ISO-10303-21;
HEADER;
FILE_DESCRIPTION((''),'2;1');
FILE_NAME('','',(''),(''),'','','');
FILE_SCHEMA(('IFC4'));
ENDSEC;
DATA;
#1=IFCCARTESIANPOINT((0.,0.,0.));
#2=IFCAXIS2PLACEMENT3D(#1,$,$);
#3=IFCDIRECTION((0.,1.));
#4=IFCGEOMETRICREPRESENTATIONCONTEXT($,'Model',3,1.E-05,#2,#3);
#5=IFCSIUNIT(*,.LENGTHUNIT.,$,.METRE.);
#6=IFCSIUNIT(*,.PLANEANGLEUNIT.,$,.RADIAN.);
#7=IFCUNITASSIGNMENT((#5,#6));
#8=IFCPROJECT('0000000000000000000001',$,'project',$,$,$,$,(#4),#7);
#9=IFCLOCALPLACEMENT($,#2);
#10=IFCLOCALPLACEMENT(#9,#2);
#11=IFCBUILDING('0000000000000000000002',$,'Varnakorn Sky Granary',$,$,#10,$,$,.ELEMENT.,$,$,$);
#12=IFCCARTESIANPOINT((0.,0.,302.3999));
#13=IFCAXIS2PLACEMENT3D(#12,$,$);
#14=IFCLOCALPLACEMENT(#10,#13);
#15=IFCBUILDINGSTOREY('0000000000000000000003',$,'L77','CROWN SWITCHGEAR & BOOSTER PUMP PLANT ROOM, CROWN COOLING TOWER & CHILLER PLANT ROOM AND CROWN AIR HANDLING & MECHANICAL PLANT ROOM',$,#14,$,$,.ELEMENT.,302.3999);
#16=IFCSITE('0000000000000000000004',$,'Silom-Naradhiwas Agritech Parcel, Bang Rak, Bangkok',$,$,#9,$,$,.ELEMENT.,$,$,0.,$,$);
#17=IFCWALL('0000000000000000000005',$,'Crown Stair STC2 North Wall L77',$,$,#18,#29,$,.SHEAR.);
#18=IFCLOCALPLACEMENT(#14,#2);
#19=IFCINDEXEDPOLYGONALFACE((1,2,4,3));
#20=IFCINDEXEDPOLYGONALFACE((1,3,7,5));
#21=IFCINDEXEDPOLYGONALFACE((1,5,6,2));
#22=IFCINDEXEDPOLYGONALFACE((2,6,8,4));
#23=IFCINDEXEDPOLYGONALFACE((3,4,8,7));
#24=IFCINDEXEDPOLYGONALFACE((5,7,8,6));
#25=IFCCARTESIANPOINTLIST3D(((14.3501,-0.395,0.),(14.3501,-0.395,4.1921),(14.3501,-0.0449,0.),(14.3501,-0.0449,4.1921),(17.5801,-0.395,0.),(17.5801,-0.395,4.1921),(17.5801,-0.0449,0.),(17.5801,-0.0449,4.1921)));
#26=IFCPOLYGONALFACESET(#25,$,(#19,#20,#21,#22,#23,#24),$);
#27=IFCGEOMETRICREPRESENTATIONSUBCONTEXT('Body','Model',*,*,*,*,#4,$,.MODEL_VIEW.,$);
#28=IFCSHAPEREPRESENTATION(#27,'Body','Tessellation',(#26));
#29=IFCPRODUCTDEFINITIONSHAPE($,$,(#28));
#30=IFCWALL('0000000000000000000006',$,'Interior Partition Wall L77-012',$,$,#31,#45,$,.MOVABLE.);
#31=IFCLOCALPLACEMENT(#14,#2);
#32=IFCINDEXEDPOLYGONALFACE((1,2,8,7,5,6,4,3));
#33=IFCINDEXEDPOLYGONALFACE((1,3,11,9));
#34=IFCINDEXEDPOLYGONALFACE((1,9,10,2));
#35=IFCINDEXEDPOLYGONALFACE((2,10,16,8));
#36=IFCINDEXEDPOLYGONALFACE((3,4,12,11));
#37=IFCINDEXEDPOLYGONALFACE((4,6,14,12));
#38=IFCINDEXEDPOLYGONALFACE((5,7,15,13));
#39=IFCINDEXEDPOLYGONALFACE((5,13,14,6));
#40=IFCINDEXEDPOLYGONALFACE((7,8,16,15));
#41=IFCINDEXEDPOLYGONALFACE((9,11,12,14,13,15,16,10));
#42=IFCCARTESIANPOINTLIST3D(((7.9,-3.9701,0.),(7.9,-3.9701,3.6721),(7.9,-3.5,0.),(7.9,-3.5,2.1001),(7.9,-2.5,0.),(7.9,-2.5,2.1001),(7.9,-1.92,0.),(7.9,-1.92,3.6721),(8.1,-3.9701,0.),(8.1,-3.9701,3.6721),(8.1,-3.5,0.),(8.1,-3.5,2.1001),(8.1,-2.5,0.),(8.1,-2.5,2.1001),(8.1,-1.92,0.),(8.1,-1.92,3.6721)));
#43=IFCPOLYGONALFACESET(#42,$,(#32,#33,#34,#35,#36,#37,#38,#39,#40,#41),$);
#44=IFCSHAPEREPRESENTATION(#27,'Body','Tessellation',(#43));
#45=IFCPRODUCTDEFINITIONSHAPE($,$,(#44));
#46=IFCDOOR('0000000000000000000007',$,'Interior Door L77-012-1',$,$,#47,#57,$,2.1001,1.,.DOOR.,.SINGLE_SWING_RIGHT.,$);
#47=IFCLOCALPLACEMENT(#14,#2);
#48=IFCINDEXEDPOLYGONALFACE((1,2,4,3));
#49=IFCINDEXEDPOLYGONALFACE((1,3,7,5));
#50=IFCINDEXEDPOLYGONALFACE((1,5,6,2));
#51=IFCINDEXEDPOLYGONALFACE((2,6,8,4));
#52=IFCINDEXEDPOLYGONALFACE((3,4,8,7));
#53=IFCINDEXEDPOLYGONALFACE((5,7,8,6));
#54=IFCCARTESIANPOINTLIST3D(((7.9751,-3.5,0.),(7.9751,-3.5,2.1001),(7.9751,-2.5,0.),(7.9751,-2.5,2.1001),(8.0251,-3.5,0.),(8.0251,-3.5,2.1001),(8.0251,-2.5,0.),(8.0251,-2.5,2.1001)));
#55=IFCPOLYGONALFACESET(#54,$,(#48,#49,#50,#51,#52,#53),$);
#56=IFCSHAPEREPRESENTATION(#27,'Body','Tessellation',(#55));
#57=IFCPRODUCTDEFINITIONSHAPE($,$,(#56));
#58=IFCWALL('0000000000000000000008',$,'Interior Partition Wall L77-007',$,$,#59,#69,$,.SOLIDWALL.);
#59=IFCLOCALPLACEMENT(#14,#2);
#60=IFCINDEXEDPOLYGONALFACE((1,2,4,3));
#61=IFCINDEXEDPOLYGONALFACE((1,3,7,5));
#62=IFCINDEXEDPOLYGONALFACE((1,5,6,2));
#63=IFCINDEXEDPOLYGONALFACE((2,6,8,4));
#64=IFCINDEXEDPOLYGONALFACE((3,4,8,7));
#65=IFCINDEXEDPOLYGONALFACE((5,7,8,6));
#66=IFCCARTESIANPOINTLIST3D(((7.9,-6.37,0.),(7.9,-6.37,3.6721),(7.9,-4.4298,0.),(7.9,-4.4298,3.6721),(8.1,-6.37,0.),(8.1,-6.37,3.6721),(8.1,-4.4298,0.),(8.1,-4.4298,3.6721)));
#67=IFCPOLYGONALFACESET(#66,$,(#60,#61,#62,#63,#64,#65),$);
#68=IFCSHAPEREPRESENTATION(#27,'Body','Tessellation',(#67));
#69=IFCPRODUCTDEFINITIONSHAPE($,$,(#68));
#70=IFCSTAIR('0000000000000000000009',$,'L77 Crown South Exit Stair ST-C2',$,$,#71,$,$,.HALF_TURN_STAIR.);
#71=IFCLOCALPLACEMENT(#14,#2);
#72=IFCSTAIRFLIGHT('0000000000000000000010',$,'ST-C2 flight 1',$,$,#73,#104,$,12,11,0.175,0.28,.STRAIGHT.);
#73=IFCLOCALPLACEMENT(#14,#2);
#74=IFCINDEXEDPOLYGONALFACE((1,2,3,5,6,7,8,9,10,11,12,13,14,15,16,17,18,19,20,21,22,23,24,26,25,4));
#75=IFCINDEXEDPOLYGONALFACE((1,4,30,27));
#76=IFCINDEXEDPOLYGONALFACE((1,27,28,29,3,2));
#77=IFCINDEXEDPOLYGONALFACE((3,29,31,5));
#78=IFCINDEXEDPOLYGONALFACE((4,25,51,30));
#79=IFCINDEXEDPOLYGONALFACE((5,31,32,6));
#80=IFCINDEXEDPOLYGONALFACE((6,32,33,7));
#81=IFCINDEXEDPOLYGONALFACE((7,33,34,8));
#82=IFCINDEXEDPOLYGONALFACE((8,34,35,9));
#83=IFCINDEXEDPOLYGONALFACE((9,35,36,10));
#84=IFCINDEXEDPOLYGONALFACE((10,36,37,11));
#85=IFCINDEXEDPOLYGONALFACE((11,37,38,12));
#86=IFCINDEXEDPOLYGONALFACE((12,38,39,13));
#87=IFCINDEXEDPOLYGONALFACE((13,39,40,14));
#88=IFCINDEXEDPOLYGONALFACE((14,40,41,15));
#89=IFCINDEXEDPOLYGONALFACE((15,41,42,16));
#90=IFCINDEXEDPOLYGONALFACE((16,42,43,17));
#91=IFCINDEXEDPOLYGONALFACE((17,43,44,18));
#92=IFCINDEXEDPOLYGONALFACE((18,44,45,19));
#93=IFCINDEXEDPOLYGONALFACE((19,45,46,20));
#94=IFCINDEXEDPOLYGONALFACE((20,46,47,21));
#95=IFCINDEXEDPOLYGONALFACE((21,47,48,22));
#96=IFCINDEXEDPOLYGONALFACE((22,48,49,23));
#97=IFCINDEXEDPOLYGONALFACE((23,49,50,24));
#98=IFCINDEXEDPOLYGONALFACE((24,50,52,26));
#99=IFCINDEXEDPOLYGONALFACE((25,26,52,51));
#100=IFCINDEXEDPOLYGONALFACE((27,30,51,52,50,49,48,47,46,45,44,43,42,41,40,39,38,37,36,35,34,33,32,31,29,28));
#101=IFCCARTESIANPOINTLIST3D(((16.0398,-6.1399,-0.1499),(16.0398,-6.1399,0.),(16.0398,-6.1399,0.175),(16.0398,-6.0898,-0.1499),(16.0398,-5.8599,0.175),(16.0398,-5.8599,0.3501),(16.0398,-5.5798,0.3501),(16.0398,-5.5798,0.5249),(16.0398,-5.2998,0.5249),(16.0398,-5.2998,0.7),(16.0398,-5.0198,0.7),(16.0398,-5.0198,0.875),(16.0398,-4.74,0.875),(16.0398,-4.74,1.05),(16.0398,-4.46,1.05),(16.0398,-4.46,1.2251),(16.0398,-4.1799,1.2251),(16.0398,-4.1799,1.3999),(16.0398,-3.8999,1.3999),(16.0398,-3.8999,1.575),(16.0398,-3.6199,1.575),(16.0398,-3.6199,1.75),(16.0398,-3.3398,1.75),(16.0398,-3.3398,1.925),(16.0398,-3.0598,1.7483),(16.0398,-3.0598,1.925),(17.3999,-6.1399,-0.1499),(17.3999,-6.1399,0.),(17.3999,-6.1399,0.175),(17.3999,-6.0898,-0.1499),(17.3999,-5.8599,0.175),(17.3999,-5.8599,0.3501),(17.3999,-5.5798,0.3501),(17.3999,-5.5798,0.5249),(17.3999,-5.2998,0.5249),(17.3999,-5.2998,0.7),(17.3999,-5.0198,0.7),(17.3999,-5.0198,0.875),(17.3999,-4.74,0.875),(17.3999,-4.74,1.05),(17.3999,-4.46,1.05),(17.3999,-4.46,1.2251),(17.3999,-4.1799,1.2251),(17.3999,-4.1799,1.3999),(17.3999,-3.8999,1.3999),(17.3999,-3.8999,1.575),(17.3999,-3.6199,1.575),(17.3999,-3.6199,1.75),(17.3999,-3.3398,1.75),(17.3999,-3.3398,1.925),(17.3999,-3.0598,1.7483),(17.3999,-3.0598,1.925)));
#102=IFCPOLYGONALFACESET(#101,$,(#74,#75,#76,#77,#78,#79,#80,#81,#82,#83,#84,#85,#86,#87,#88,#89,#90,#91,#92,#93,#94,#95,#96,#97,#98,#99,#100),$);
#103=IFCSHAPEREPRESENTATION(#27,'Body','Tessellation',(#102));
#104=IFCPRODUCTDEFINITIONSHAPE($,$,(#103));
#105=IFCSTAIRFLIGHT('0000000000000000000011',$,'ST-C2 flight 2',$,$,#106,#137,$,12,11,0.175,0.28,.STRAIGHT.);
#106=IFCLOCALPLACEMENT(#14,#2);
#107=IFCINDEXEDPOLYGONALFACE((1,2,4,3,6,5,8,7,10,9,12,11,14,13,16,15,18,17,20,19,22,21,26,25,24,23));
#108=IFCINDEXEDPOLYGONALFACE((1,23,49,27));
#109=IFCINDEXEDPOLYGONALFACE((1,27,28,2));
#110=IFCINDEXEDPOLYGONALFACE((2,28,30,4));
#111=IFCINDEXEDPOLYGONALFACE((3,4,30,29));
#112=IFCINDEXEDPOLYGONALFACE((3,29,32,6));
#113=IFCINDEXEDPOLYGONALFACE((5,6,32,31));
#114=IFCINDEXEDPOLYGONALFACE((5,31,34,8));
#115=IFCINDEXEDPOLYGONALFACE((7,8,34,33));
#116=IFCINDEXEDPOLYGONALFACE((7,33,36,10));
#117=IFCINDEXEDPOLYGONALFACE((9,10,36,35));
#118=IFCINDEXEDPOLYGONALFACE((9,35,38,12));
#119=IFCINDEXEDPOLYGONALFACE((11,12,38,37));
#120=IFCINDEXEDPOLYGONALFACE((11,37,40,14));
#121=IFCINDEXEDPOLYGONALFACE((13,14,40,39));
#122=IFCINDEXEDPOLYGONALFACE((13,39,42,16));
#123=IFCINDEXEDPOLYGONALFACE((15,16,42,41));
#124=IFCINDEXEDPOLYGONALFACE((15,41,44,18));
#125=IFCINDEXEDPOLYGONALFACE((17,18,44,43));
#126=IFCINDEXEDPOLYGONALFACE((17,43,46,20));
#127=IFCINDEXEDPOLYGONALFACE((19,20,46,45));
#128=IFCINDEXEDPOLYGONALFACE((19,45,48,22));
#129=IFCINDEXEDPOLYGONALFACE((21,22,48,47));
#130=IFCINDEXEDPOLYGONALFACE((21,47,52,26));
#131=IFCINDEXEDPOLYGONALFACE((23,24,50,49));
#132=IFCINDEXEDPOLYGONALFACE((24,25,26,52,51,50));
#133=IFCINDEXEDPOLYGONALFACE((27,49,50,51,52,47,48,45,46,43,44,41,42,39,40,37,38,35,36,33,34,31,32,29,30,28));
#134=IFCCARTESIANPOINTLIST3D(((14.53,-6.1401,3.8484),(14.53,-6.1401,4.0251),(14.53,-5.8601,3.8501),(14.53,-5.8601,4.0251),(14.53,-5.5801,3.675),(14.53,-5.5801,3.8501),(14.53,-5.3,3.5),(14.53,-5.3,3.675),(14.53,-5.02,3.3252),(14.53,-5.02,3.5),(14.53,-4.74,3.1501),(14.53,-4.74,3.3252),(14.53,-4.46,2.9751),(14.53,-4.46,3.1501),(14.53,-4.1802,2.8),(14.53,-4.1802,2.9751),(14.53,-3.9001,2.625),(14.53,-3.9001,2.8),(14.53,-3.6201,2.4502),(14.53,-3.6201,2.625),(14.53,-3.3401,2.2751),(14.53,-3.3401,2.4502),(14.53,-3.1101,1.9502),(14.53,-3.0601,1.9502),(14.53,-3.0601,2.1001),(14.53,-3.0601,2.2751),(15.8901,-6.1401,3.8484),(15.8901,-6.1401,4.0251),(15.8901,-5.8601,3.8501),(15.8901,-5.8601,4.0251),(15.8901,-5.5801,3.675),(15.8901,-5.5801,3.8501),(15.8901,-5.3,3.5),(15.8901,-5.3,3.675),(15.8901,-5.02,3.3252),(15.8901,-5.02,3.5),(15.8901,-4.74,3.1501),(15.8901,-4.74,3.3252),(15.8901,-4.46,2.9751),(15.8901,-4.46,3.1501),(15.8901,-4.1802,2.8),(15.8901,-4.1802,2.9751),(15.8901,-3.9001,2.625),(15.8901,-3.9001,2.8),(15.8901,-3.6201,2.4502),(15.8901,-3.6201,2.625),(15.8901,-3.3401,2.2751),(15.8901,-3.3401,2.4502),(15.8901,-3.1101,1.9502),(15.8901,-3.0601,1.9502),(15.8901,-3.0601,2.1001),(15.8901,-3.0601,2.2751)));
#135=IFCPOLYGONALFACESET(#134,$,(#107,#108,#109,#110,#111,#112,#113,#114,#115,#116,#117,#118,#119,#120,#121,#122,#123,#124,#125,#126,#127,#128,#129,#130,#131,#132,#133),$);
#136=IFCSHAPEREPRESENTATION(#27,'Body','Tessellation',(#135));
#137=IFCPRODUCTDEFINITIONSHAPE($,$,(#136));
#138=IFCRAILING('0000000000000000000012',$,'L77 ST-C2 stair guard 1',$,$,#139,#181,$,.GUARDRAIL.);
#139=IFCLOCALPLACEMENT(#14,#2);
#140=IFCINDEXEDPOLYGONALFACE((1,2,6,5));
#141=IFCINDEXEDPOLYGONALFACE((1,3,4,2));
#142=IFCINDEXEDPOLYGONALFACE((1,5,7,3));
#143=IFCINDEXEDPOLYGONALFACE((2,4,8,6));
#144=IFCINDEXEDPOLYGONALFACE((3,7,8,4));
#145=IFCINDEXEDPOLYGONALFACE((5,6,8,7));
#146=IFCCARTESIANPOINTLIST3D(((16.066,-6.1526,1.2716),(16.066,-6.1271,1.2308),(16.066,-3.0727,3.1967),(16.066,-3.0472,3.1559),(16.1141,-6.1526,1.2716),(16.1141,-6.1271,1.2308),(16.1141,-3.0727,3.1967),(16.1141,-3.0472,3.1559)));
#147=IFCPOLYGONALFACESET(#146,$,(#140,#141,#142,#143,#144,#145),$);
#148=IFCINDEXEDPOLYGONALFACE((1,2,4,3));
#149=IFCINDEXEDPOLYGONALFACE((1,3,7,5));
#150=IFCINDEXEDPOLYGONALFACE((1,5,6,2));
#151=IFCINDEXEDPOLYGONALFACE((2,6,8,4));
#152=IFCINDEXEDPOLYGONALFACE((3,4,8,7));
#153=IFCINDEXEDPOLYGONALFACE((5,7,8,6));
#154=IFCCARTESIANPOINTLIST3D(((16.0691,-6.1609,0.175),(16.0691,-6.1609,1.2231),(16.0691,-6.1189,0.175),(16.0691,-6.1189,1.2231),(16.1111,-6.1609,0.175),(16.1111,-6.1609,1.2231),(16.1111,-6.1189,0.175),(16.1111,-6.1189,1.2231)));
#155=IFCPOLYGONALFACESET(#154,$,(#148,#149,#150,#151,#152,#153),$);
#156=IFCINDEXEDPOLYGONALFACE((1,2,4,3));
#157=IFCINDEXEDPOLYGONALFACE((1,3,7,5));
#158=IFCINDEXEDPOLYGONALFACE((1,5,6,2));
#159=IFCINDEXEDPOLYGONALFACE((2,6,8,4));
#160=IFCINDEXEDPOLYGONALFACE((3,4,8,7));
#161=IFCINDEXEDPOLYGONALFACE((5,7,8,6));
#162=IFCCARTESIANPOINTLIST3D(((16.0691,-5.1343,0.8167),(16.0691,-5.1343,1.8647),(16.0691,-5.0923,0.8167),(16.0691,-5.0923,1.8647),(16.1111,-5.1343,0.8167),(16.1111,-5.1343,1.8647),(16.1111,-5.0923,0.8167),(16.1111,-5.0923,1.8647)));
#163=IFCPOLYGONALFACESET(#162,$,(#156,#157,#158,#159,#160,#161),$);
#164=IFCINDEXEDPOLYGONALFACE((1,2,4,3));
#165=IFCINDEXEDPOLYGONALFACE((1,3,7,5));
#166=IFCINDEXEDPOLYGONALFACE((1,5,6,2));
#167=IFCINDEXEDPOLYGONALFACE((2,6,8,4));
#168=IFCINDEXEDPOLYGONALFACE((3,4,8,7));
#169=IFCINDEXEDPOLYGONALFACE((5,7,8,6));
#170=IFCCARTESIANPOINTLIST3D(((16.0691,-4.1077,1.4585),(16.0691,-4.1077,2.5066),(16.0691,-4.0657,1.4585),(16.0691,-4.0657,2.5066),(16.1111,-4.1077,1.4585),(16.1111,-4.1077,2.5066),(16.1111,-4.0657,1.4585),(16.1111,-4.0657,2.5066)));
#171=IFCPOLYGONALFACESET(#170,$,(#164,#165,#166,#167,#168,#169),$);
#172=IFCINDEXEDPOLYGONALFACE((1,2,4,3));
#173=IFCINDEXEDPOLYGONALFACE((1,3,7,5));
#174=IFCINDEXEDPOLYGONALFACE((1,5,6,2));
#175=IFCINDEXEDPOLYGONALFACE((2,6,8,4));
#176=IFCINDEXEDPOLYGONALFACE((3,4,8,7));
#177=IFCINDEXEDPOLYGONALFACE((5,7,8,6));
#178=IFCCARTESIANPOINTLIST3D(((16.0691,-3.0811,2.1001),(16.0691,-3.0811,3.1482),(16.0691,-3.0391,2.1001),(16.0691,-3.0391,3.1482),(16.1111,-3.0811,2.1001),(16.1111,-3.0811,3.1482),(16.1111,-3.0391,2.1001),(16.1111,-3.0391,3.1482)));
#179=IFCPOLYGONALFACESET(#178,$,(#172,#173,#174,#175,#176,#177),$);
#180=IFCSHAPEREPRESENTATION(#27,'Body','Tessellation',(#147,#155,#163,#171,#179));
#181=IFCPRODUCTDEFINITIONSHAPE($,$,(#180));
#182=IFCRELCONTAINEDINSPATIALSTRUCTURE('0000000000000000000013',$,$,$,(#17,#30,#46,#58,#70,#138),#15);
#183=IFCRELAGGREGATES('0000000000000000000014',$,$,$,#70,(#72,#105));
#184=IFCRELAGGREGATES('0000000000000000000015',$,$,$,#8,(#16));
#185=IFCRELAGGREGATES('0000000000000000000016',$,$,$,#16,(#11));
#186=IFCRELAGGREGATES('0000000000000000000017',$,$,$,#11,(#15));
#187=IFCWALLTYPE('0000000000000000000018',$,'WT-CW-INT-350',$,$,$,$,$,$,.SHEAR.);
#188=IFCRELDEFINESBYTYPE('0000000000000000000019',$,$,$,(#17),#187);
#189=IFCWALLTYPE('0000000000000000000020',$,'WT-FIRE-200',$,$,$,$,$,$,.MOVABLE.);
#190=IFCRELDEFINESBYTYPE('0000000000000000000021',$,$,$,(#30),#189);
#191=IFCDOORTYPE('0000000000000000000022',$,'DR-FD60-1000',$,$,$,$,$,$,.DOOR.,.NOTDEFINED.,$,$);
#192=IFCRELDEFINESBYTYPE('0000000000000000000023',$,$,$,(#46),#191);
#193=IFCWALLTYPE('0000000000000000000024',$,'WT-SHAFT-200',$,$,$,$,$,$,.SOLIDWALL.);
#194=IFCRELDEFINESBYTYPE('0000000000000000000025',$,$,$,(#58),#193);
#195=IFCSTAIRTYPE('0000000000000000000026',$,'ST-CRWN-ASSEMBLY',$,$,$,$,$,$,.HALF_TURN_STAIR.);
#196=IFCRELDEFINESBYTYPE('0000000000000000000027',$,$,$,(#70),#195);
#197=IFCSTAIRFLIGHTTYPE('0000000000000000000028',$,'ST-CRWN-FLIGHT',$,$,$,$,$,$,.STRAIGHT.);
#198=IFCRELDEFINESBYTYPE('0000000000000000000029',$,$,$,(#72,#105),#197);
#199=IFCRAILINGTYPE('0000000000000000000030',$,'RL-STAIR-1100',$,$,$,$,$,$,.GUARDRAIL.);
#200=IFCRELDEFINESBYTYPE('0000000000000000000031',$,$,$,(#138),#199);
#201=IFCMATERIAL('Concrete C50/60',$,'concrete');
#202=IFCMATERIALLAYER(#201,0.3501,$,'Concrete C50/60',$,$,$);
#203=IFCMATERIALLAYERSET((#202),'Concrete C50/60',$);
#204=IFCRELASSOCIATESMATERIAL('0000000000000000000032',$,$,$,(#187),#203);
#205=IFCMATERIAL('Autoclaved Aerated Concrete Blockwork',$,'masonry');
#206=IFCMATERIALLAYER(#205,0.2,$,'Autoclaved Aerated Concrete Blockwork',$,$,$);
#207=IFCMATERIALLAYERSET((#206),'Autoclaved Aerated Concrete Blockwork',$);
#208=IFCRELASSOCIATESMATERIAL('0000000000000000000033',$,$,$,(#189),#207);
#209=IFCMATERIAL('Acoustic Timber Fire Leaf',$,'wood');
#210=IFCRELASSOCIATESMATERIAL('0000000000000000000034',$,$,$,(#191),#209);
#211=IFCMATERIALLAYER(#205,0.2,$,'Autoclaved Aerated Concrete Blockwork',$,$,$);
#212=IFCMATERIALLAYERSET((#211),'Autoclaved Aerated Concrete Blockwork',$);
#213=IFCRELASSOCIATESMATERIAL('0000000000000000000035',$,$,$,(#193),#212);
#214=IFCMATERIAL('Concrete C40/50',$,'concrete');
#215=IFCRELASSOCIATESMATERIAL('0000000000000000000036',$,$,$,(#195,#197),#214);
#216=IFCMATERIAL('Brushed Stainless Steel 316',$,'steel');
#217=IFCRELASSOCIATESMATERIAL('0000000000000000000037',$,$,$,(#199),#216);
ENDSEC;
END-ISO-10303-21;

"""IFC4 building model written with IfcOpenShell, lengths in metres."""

from ifc_helpers import new_model, si_unit, direction, frame, frame_2d, origin, origin_2d, place, context, subcontext, project, spatial, polyline, rectangle, outline, extrude, material, layer, layer_set, type_object, element, fill, aggregate, save


model = new_model("IFC4")

# Units and contexts
model_context = context("Model", 3, precision=1e-05, world=origin(), true_north=direction((0.0, 1.0)))
body_context = subcontext(model_context, "Body", "Model", "MODEL_VIEW")
ifc_project = project(units=[si_unit("LENGTHUNIT", "METRE"), si_unit("PLANEANGLEUNIT", "RADIAN")], contexts=[model_context])

# Site, building, storey
site_placement = place(None, origin())
site = spatial("IfcSite", under=ifc_project, at=site_placement, Name="Silom-Naradhiwas Agritech Parcel, Bang Rak, Bangkok", CompositionType="ELEMENT", RefElevation=0.0)
building_placement = place(site_placement, origin())
building = spatial("IfcBuilding", under=site, at=building_placement, Name="Varnakorn Sky Granary", CompositionType="ELEMENT")
storey_placement = place(building_placement, frame((0.0, 0.0, 302.3999)))
storey = spatial("IfcBuildingStorey", under=building, at=storey_placement, Name="L77", Description="CROWN SWITCHGEAR & BOOSTER PUMP PLANT ROOM, CROWN COOLING TOWER & CHILLER PLANT ROOM AND CROWN AIR HANDLING & MECHANICAL PLANT ROOM", CompositionType="ELEMENT", Elevation=302.3999)

# Shared definitions
ifc_material_1 = material(Name="Concrete C50/60", Category="concrete")

# Wall
ifc_layer_1 = layer(ifc_material_1, 0.3501, Name="Concrete C50/60")
ifc_layer_set_1 = layer_set([ifc_layer_1], Name="Concrete C50/60")
wall_type_1 = type_object("IfcWallType", Name="WT-CW-INT-350", PredefinedType="SHEAR", material=ifc_layer_set_1)
for number, where, z_axis, x_axis, name in (
    (1, (14.3501, -0.22, 0.0), (0.0, 0.0, 1.0), (1.0, 0.0, 0.0), "Crown Stair STC2 North Wall L77"),
):
    element("IfcWall", number, at=place(storey_placement, frame(where, z_axis=z_axis, x_axis=x_axis)), inside=storey, type_object=wall_type_1, Name=name, PredefinedType="SHEAR", context=body_context, shape_type="SweptSolid", body=[
        extrude(rectangle(XDim=3.23, YDim=0.3501, at=frame_2d((1.615, 0.0))), origin(), (0.0, 0.0, 1.0), 4.1921),
    ])

# Wall, opening, door
ifc_material_2 = material(Name="Autoclaved Aerated Concrete Blockwork", Category="masonry")
ifc_layer_2 = layer(ifc_material_2, 0.2, Name="Autoclaved Aerated Concrete Blockwork")
ifc_layer_set_2 = layer_set([ifc_layer_2], Name="Autoclaved Aerated Concrete Blockwork")
wall_type_2 = type_object("IfcWallType", Name="WT-FIRE-200", PredefinedType="MOVABLE", material=ifc_layer_set_2)
wall_1_placement = place(storey_placement, frame((8.0, -3.97, 0.0), z_axis=(0.0, 0.0, 1.0), x_axis=(0.0, 1.0, 0.0)))
wall_1 = element("IfcWall", 2, at=wall_1_placement, inside=storey, type_object=wall_type_2, Name="Interior Partition Wall L77-012", PredefinedType="MOVABLE", context=body_context, shape_type="SweptSolid", body=[
    extrude(rectangle(XDim=2.05, YDim=0.2, at=frame_2d((1.0249, 0.0))), origin(), (0.0, 0.0, 1.0), 3.6721),
])
opening_1_placement = place(wall_1_placement, frame((0.47, 0.0, 0.0)))
opening_1 = element("IfcOpeningElement", 3, at=opening_1_placement, cuts=wall_1, PredefinedType="OPENING", context=body_context, shape_type="SweptSolid", body=[
    extrude(rectangle(XDim=1.0, YDim=2.1001, at=frame_2d((0.5, 1.05))), frame((0.0, 0.1099, 0.0), z_axis=(0.0, -1.0, 0.0), x_axis=(1.0, 0.0, 0.0)), (0.0, 0.0, 1.0), 0.22),
])
ifc_material_3 = material(Name="Acoustic Timber Fire Leaf", Category="wood")
door_type_1 = type_object("IfcDoorType", Name="DR-FD60-1000", OperationType="NOTDEFINED", PredefinedType="DOOR", material=ifc_material_3)
door_1_placement = place(opening_1_placement, origin())
door_1 = element("IfcDoor", 4, at=door_1_placement, inside=storey, type_object=door_type_1, Name="Interior Door L77-012-1", OperationType="SINGLE_SWING_RIGHT", OverallHeight=2.1001, OverallWidth=1.0, PredefinedType="DOOR", context=body_context, shape_type="SweptSolid", body=[
    extrude(rectangle(XDim=1.0, YDim=2.1001, at=frame_2d((0.5, 1.05))), frame((0.0, 0.0249, 0.0), z_axis=(0.0, -1.0, 0.0), x_axis=(1.0, 0.0, 0.0)), (0.0, 0.0, 1.0), 0.05),
])
fill(opening_1, door_1)

# Wall
ifc_layer_3 = layer(ifc_material_2, 0.2, Name="Autoclaved Aerated Concrete Blockwork")
ifc_layer_set_3 = layer_set([ifc_layer_3], Name="Autoclaved Aerated Concrete Blockwork")
wall_type_3 = type_object("IfcWallType", Name="WT-SHAFT-200", PredefinedType="SOLIDWALL", material=ifc_layer_set_3)
wall_2_placement = place(storey_placement, frame((8.0, -6.3701, 0.0), z_axis=(0.0, 0.0, 1.0), x_axis=(0.0, 1.0, 0.0)))
element("IfcWall", 5, at=wall_2_placement, inside=storey, type_object=wall_type_3, Name="Interior Partition Wall L77-007", PredefinedType="SOLIDWALL", context=body_context, shape_type="SweptSolid", body=[
    extrude(rectangle(XDim=1.9402, YDim=0.2, at=frame_2d((0.9702, 0.0))), origin(), (0.0, 0.0, 1.0), 3.6721),
])

# Stair, stair flights
ifc_material_4 = material(Name="Concrete C40/50", Category="concrete")
stair_type = type_object("IfcStairType", Name="ST-CRWN-ASSEMBLY", PredefinedType="HALF_TURN_STAIR", material=ifc_material_4)
stair_placement = place(storey_placement, origin())
stair = element("IfcStair", 6, at=stair_placement, inside=storey, type_object=stair_type, Name="L77 Crown South Exit Stair ST-C2", PredefinedType="HALF_TURN_STAIR")
stair_flight_type = type_object("IfcStairFlightType", Name="ST-CRWN-FLIGHT", PredefinedType="STRAIGHT", material=ifc_material_4)
stair_flight_1_placement = place(storey_placement, frame((16.72, -6.1399, 0.0), z_axis=(0.0, 0.0, 1.0), x_axis=(0.0, 1.0, 0.0)))
stair_flight_1 = element("IfcStairFlight", 7, at=stair_flight_1_placement, type_object=stair_flight_type, Name="ST-C2 flight 1", NumberOfRisers=12, NumberOfTreads=11, PredefinedType="STRAIGHT", RiserHeight=0.175, TreadLength=0.28, context=body_context, shape_type="SweptSolid", body=[
    extrude(outline(polyline([(0.0, -0.1499), (0.0, 0.0), (0.0, 0.175), (0.28, 0.175), (0.28, 0.3501), (0.5601, 0.3501), (0.5601, 0.5249), (0.8401, 0.5249), (0.8401, 0.7), (1.1201, 0.7), (1.1201, 0.875), (1.3999, 0.875), (1.3999, 1.05), (1.6799, 1.05), (1.6799, 1.2251), (1.96, 1.2251), (1.96, 1.3999), (2.24, 1.3999), (2.24, 1.575), (2.52, 1.575), (2.52, 1.75), (2.8, 1.75), (2.8, 1.925), (3.0801, 1.925), (3.0801, 2.1001), (3.0801, 1.7483), (0.05, -0.1499), (0.0, -0.1499)])), frame((0.0, 0.6802, 0.0), z_axis=(0.0, -1.0, 0.0), x_axis=(1.0, 0.0, 0.0)), (0.0, 0.0, 1.0), 1.3601),
])
stair_flight_2_placement = place(storey_placement, frame((15.21, -3.0601, 2.1001), z_axis=(0.0, 0.0, 1.0), x_axis=(0.0, -1.0, 0.0)))
stair_flight_2 = element("IfcStairFlight", 8, at=stair_flight_2_placement, type_object=stair_flight_type, Name="ST-C2 flight 2", NumberOfRisers=12, NumberOfTreads=11, PredefinedType="STRAIGHT", RiserHeight=0.175, TreadLength=0.28, context=body_context, shape_type="SweptSolid", body=[
    extrude(outline(polyline([(0.0, -0.1499), (0.0, 0.0), (0.0, 0.175), (0.28, 0.175), (0.28, 0.3501), (0.5601, 0.3501), (0.5601, 0.5249), (0.8401, 0.5249), (0.8401, 0.7), (1.1201, 0.7), (1.1201, 0.875), (1.3999, 0.875), (1.3999, 1.05), (1.6799, 1.05), (1.6799, 1.2251), (1.96, 1.2251), (1.96, 1.3999), (2.24, 1.3999), (2.24, 1.575), (2.52, 1.575), (2.52, 1.75), (2.8, 1.75), (2.8, 1.925), (3.0801, 1.925), (3.0801, 2.1001), (3.0801, 1.7483), (0.05, -0.1499), (0.0, -0.1499)])), frame((0.0, 0.6802, 0.0), z_axis=(0.0, -1.0, 0.0), x_axis=(1.0, 0.0, 0.0)), (0.0, 0.0, 1.0), 1.3601),
])
aggregate(stair, [stair_flight_1, stair_flight_2])

# Railing
ifc_material_5 = material(Name="Brushed Stainless Steel 316", Category="steel")
railing_type_1 = type_object("IfcRailingType", Name="RL-STAIR-1100", PredefinedType="GUARDRAIL", material=ifc_material_5)
railing_1_placement = place(storey_placement, frame((16.0901, -6.1399, 0.175)))
element("IfcRailing", 9, at=railing_1_placement, inside=storey, type_object=railing_type_1, Name="L77 ST-C2 stair guard 1", PredefinedType="GUARDRAIL", context=body_context, shape_type="SweptSolid", body=[
    extrude(rectangle(XDim=0.0481, YDim=0.0481, at=origin_2d()), frame((0.0, 0.0, 1.0762), z_axis=(0.0, 0.847979, 0.530029), x_axis=(-1.0, 0.0, 0.0)), (0.0, 0.0, 1.0), 3.6321),
    extrude(rectangle(XDim=0.042, YDim=0.042, at=origin_2d()), origin(), (0.0, 0.0, 1.0), 1.0481),
    extrude(rectangle(XDim=0.042, YDim=0.042, at=origin_2d()), frame((0.0, 1.0266, 0.6416)), (0.0, 0.0, 1.0), 1.0481),
    extrude(rectangle(XDim=0.042, YDim=0.042, at=origin_2d()), frame((0.0, 2.0532, 1.2834)), (0.0, 0.0, 1.0), 1.0481),
    extrude(rectangle(XDim=0.042, YDim=0.042, at=origin_2d()), frame((0.0, 3.0798, 1.925)), (0.0, 0.0, 1.0), 1.0481),
])

save(model, "model.ifc")
